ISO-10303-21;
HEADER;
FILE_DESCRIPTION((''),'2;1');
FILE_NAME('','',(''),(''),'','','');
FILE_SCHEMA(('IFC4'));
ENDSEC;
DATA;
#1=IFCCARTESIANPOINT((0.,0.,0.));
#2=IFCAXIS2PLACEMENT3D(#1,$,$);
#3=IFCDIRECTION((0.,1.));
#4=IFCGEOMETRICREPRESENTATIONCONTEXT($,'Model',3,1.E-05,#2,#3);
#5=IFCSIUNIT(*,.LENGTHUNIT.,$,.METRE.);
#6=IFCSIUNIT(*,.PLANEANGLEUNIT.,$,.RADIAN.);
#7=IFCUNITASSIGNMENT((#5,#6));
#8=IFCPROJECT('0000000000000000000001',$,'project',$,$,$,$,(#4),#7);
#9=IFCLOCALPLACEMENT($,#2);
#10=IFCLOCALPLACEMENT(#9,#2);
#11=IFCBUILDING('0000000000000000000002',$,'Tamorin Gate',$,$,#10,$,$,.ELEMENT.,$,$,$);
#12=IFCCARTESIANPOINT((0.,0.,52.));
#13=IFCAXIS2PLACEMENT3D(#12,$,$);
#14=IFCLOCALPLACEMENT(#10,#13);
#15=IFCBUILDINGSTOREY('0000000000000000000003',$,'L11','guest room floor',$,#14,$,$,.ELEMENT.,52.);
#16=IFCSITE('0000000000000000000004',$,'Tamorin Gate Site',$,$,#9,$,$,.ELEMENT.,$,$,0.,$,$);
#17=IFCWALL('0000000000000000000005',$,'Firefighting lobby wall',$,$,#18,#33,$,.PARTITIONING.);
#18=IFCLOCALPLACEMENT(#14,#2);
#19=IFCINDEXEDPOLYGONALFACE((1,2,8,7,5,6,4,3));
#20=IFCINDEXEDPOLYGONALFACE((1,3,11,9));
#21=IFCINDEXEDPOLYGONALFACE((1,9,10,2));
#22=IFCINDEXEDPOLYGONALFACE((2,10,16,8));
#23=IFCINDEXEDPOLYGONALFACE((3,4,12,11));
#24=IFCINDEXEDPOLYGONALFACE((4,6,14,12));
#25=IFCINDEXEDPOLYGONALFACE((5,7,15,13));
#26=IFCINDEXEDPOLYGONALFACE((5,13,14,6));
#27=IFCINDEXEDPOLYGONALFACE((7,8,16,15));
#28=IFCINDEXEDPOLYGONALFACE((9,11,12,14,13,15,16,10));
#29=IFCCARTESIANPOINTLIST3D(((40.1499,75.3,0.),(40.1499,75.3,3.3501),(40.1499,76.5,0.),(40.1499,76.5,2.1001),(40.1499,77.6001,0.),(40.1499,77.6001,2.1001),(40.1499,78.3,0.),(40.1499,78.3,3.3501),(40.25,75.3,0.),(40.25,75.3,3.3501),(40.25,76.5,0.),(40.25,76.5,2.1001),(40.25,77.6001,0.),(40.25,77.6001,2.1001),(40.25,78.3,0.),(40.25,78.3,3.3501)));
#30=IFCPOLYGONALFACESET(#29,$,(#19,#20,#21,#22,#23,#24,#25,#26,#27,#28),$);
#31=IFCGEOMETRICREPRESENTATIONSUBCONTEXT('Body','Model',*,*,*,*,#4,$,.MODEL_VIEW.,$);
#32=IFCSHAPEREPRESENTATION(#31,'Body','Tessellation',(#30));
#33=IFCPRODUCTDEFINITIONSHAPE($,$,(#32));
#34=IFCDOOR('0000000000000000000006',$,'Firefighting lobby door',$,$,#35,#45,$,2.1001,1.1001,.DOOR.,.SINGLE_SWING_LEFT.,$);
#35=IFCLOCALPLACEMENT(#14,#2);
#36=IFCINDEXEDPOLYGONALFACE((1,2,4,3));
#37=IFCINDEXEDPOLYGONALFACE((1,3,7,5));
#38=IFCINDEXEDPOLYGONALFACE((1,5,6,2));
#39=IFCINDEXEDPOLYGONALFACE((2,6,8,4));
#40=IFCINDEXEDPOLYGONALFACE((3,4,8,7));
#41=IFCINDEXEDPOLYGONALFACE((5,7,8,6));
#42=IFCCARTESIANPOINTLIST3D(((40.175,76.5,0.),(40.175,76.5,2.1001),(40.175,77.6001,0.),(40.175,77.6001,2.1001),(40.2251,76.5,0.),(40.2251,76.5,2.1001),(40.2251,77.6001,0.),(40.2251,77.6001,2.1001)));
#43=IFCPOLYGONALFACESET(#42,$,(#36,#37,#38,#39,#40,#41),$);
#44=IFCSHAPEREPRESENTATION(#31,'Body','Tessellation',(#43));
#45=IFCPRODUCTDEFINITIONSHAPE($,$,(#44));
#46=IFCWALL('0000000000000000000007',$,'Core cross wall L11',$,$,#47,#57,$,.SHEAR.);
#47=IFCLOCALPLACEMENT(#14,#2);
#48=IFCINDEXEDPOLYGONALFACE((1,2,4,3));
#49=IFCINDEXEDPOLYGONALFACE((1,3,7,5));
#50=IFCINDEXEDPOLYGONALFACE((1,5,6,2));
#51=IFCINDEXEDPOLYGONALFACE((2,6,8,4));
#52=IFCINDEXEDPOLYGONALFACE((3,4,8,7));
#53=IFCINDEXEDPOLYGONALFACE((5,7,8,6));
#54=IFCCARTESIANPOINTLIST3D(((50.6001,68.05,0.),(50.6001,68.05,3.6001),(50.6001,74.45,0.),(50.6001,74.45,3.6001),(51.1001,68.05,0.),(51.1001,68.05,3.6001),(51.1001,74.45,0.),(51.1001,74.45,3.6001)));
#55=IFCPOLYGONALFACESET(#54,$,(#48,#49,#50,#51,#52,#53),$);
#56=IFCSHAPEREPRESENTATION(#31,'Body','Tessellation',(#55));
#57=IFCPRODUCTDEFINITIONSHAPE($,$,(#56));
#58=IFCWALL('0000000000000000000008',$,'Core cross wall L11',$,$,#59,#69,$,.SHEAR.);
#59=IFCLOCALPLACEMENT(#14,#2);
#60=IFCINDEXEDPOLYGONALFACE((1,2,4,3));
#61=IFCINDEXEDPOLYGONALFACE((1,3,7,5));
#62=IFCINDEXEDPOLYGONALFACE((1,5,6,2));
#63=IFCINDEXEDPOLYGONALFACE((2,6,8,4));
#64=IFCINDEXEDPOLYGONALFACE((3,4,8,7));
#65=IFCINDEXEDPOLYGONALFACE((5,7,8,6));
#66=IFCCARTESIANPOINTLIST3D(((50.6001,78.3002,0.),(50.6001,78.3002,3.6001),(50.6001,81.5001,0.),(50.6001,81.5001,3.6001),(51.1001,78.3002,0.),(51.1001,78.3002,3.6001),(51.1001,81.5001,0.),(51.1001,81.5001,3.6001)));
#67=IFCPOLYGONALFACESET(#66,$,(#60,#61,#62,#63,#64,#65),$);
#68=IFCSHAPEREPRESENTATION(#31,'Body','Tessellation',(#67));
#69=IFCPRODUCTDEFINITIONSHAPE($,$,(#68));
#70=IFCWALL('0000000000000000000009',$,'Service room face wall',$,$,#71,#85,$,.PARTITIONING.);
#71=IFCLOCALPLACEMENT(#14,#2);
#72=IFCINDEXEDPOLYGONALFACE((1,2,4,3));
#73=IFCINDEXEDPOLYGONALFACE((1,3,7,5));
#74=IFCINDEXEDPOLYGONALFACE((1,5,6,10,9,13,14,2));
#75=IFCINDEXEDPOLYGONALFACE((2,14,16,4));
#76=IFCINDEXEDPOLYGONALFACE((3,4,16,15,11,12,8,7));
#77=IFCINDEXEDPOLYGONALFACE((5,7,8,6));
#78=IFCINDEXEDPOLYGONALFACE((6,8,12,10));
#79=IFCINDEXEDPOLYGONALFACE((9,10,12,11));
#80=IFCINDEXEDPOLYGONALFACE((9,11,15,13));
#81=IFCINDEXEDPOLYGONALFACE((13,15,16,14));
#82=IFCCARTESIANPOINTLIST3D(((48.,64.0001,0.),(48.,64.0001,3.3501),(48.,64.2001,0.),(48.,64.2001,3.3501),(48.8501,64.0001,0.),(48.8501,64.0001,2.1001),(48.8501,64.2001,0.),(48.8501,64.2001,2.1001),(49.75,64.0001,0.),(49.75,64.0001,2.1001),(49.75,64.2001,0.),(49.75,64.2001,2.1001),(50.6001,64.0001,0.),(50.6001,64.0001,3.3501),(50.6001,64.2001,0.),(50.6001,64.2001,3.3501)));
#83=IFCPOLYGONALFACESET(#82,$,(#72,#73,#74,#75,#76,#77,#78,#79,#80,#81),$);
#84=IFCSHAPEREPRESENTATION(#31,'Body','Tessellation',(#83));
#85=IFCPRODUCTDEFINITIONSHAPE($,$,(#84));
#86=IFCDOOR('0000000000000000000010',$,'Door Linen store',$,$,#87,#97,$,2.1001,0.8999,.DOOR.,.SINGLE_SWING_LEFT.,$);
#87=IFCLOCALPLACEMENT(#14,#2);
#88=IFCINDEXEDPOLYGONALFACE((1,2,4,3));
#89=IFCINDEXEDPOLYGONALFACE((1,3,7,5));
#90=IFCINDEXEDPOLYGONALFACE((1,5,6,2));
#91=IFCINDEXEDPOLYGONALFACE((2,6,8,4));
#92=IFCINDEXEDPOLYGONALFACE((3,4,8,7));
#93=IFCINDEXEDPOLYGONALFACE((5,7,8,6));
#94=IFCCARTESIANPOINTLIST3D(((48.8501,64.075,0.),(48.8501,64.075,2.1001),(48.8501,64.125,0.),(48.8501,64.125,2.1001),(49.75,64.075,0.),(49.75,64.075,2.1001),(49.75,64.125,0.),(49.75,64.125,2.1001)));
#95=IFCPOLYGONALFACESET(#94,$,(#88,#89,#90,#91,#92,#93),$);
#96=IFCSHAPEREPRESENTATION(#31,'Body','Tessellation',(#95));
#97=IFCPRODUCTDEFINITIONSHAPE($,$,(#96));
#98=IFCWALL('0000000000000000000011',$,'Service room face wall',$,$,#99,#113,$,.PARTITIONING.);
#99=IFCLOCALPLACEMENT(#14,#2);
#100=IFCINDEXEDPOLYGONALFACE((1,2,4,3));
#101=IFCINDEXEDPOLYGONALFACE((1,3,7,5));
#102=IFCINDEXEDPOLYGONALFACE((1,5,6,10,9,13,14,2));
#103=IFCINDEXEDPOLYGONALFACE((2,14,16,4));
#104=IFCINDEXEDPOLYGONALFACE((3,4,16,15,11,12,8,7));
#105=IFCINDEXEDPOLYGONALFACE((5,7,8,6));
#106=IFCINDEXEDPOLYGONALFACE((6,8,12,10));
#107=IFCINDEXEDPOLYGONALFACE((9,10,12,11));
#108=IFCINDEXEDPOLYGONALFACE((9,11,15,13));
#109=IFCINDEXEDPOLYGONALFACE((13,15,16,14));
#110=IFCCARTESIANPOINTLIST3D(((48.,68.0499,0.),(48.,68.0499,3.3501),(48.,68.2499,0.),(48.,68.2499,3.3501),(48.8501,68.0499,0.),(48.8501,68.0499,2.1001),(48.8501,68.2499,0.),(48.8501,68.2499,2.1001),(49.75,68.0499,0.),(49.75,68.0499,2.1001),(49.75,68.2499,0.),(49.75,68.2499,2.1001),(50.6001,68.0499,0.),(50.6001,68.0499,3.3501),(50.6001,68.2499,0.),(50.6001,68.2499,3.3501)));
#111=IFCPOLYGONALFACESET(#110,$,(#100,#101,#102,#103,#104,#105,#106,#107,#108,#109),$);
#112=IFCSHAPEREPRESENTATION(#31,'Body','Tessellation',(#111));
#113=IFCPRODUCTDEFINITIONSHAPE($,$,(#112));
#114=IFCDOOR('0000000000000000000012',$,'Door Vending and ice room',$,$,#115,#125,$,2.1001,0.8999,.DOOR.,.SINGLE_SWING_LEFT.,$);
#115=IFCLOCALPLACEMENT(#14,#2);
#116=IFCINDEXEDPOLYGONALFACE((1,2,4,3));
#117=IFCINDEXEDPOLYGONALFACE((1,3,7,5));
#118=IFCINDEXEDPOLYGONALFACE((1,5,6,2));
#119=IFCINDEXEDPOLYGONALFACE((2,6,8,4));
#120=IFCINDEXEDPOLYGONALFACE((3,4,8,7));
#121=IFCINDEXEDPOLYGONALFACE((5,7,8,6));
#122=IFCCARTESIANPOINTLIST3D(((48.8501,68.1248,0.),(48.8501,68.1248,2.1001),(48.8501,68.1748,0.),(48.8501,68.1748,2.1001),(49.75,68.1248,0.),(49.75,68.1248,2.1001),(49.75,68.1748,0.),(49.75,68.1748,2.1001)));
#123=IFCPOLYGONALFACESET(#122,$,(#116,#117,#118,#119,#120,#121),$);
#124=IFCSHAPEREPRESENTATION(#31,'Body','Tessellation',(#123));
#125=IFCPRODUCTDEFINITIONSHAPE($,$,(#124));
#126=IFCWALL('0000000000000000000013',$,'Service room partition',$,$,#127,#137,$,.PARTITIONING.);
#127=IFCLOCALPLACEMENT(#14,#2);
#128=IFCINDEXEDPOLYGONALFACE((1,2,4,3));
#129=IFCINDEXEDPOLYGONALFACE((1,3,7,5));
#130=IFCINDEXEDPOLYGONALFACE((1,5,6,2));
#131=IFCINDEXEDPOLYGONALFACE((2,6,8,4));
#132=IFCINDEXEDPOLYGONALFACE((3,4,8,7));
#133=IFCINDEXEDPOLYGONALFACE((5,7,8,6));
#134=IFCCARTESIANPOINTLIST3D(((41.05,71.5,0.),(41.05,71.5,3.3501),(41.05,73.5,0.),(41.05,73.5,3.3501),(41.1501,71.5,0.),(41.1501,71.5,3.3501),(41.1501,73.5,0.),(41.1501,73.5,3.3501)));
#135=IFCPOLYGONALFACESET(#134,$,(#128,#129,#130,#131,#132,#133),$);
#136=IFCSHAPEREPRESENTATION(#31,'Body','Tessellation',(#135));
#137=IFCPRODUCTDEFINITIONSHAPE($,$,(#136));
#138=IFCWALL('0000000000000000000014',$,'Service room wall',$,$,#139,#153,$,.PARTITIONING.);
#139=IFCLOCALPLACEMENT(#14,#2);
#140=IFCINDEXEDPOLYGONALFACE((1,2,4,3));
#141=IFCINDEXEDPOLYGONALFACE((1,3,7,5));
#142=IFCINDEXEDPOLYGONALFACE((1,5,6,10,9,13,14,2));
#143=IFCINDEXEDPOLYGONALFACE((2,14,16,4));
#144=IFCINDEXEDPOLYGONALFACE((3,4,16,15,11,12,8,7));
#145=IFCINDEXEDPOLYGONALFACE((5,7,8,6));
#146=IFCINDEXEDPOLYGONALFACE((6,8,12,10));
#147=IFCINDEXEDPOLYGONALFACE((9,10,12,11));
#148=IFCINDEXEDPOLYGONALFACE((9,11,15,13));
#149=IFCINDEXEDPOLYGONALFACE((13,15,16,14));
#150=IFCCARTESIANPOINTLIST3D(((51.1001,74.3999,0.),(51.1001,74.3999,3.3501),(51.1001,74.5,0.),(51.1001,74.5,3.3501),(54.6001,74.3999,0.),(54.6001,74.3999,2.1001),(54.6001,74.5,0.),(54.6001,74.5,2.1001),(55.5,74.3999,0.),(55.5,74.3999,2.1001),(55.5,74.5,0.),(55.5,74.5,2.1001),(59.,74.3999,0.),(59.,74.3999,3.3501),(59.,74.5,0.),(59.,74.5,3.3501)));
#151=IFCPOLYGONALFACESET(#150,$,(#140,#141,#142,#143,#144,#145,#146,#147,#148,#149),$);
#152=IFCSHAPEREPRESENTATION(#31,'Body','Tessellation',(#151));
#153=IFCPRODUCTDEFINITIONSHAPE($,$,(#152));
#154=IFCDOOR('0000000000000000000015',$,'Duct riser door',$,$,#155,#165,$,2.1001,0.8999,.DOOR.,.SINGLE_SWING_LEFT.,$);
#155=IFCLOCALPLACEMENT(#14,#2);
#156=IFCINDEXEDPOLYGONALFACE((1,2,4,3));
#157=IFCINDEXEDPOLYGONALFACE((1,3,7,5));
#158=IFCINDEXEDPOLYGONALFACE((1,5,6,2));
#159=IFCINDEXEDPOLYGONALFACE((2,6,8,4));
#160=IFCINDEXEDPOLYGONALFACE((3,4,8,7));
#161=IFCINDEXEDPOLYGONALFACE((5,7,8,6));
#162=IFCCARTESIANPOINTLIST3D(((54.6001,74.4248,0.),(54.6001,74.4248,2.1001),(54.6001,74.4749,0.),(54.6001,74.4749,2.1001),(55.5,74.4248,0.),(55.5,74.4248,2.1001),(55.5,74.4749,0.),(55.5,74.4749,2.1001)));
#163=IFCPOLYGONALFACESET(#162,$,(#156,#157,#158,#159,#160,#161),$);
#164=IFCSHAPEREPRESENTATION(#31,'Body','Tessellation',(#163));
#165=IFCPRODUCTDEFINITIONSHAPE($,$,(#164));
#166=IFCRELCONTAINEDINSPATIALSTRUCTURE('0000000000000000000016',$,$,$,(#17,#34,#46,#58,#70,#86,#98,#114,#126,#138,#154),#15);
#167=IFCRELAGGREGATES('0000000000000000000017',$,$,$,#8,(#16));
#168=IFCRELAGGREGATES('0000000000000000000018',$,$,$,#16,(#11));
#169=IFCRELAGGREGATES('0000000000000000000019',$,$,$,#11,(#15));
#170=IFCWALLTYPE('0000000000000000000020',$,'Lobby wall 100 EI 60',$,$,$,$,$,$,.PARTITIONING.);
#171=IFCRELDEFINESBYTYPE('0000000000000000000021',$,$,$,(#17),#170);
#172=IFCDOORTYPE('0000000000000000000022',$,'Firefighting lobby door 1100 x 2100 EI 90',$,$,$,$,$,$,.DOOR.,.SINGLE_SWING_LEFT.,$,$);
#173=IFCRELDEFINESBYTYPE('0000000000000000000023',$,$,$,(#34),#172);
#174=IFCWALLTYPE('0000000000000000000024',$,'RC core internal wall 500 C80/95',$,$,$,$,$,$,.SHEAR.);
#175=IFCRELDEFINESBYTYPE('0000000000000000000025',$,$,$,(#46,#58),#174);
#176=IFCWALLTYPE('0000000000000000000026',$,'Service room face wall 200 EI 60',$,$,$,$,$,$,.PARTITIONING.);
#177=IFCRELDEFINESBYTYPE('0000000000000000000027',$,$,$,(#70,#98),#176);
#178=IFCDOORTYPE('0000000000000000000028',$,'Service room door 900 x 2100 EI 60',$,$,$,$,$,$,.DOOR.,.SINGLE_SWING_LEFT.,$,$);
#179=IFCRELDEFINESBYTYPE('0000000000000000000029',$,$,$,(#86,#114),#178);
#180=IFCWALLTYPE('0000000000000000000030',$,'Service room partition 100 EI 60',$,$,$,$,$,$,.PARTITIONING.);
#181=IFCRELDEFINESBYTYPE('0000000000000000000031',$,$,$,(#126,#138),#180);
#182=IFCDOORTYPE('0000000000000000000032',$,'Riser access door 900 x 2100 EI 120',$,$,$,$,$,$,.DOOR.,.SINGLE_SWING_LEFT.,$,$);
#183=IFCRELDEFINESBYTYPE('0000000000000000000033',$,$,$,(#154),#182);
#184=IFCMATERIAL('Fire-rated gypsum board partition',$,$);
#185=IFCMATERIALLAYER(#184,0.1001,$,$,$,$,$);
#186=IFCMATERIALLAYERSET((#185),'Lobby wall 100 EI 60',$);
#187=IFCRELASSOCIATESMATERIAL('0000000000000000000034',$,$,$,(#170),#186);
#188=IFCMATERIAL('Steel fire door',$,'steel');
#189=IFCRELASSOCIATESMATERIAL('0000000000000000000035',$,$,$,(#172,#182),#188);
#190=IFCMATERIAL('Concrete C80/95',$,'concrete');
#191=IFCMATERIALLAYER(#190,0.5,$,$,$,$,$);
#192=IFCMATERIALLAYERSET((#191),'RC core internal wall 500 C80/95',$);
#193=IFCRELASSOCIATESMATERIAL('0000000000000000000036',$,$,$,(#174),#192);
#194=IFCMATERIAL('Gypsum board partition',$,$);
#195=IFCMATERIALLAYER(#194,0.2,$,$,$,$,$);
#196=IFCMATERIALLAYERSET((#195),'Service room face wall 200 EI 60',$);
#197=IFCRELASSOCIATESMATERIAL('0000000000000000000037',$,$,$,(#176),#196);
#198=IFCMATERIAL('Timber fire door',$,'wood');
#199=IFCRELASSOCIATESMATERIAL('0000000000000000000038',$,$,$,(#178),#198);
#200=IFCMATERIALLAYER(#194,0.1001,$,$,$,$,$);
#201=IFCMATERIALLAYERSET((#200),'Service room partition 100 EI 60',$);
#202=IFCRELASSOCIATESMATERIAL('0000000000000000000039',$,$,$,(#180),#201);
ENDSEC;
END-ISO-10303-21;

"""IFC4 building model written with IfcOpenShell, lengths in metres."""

from ifc_helpers import new_model, si_unit, direction, frame, frame_2d, origin, place, context, subcontext, project, spatial, rectangle, extrude, material, layer, layer_set, type_object, element, fill, save


model = new_model("IFC4")

# Units and contexts
model_context = context("Model", 3, precision=1e-05, world=origin(), true_north=direction((0.0, 1.0)))
body_context = subcontext(model_context, "Body", "Model", "MODEL_VIEW")
ifc_project = project(units=[si_unit("LENGTHUNIT", "METRE"), si_unit("PLANEANGLEUNIT", "RADIAN")], contexts=[model_context])

# Site, building, storey
site_placement = place(None, origin())
site = spatial("IfcSite", under=ifc_project, at=site_placement, Name="Tamorin Gate Site", CompositionType="ELEMENT", RefElevation=0.0)
building_placement = place(site_placement, origin())
building = spatial("IfcBuilding", under=site, at=building_placement, Name="Tamorin Gate", CompositionType="ELEMENT")
storey_placement = place(building_placement, frame((0.0, 0.0, 52.0)))
storey = spatial("IfcBuildingStorey", under=building, at=storey_placement, Name="L11", Description="guest room floor", CompositionType="ELEMENT", Elevation=52.0)

# Shared definitions
ifc_material_1 = material(Name="Concrete C80/95", Category="concrete")

# Shared definitions
ifc_material_2 = material(Name="Fire-rated gypsum board partition")
ifc_layer_1 = layer(ifc_material_2, 0.1001)
ifc_layer_set_1 = layer_set([ifc_layer_1], Name="Lobby wall 100 EI 60")
wall_type_1 = type_object("IfcWallType", Name="Lobby wall 100 EI 60", PredefinedType="PARTITIONING", material=ifc_layer_set_1)

# Wall, opening, door
wall_1_placement = place(storey_placement, frame((40.2, 75.3, 0.0), z_axis=(0.0, 0.0, 1.0), x_axis=(0.0, 1.0, 0.0)))
wall_1 = element("IfcWall", 1, at=wall_1_placement, inside=storey, type_object=wall_type_1, Name="Firefighting lobby wall", PredefinedType="PARTITIONING", context=body_context, shape_type="SweptSolid", body=[
    extrude(rectangle(XDim=3.0, YDim=0.1001, at=frame_2d((1.5, 0.0))), origin(), (0.0, 0.0, 1.0), 3.3501),
])
opening_1_placement = place(wall_1_placement, frame((1.2, 0.0, 0.0)))
opening_1 = element("IfcOpeningElement", 2, at=opening_1_placement, cuts=wall_1, PredefinedType="OPENING", context=body_context, shape_type="SweptSolid", body=[
    extrude(rectangle(XDim=1.1001, YDim=2.1001, at=frame_2d((0.55, 1.05))), frame((0.0, 0.0601, 0.0), z_axis=(0.0, -1.0, 0.0), x_axis=(1.0, 0.0, 0.0)), (0.0, 0.0, 1.0), 0.1201),
])
ifc_material_3 = material(Name="Steel fire door", Category="steel")
door_type_1 = type_object("IfcDoorType", Name="Firefighting lobby door 1100 x 2100 EI 90", OperationType="SINGLE_SWING_LEFT", PredefinedType="DOOR", material=ifc_material_3)
door_1_placement = place(opening_1_placement, origin())
door_1 = element("IfcDoor", 3, at=door_1_placement, inside=storey, type_object=door_type_1, Name="Firefighting lobby door", OperationType="SINGLE_SWING_LEFT", OverallHeight=2.1001, OverallWidth=1.1001, PredefinedType="DOOR", context=body_context, shape_type="SweptSolid", body=[
    extrude(rectangle(XDim=1.1001, YDim=2.1001, at=frame_2d((0.55, 1.05))), frame((0.0, 0.0249, 0.0), z_axis=(0.0, -1.0, 0.0), x_axis=(1.0, 0.0, 0.0)), (0.0, 0.0, 1.0), 0.05),
])
fill(opening_1, door_1)

# Walls
ifc_layer_2 = layer(ifc_material_1, 0.5)
ifc_layer_set_2 = layer_set([ifc_layer_2], Name="RC core internal wall 500 C80/95")
wall_type_2 = type_object("IfcWallType", Name="RC core internal wall 500 C80/95", PredefinedType="SHEAR", material=ifc_layer_set_2)
wall_2_placement = place(storey_placement, frame((50.8501, 68.05, 0.0), z_axis=(0.0, 0.0, 1.0), x_axis=(0.0, 1.0, 0.0)))
element("IfcWall", 4, at=wall_2_placement, inside=storey, type_object=wall_type_2, Name="Core cross wall L11", PredefinedType="SHEAR", context=body_context, shape_type="SweptSolid", body=[
    extrude(rectangle(XDim=6.3999, YDim=0.5, at=frame_2d((3.2, 0.0))), origin(), (0.0, 0.0, 1.0), 3.6001),
])
wall_3_placement = place(storey_placement, frame((50.8501, 78.3, 0.0), z_axis=(0.0, 0.0, 1.0), x_axis=(0.0, 1.0, 0.0)))
element("IfcWall", 5, at=wall_3_placement, inside=storey, type_object=wall_type_2, Name="Core cross wall L11", PredefinedType="SHEAR", context=body_context, shape_type="SweptSolid", body=[
    extrude(rectangle(XDim=3.2, YDim=0.5, at=frame_2d((1.6001, 0.0))), origin(), (0.0, 0.0, 1.0), 3.6001),
])

# Walls, openings, doors
ifc_material_4 = material(Name="Gypsum board partition")
ifc_layer_3 = layer(ifc_material_4, 0.2)
ifc_layer_set_3 = layer_set([ifc_layer_3], Name="Service room face wall 200 EI 60")
wall_type_3 = type_object("IfcWallType", Name="Service room face wall 200 EI 60", PredefinedType="PARTITIONING", material=ifc_layer_set_3)
wall_4_placement = place(storey_placement, frame((48.0, 64.1001, 0.0), z_axis=(0.0, 0.0, 1.0), x_axis=(1.0, 0.0, 0.0)))
wall_4 = element("IfcWall", 6, at=wall_4_placement, inside=storey, type_object=wall_type_3, Name="Service room face wall", PredefinedType="PARTITIONING", context=body_context, shape_type="SweptSolid", body=[
    extrude(rectangle(XDim=2.6001, YDim=0.2, at=frame_2d((1.3, 0.0))), origin(), (0.0, 0.0, 1.0), 3.3501),
])
opening_2_placement = place(wall_4_placement, frame((0.8501, 0.0, 0.0)))
opening_2 = element("IfcOpeningElement", 7, at=opening_2_placement, cuts=wall_4, PredefinedType="OPENING", context=body_context, shape_type="SweptSolid", body=[
    extrude(rectangle(XDim=0.8999, YDim=2.1001, at=frame_2d((0.45, 1.05))), frame((0.0, 0.1099, 0.0), z_axis=(0.0, -1.0, 0.0), x_axis=(1.0, 0.0, 0.0)), (0.0, 0.0, 1.0), 0.22),
])
ifc_material_5 = material(Name="Timber fire door", Category="wood")
door_type_2 = type_object("IfcDoorType", Name="Service room door 900 x 2100 EI 60", OperationType="SINGLE_SWING_LEFT", PredefinedType="DOOR", material=ifc_material_5)
door_2_placement = place(opening_2_placement, origin())
door_2 = element("IfcDoor", 8, at=door_2_placement, inside=storey, type_object=door_type_2, Name="Door Linen store", OperationType="SINGLE_SWING_LEFT", OverallHeight=2.1001, OverallWidth=0.8999, PredefinedType="DOOR", context=body_context, shape_type="SweptSolid", body=[
    extrude(rectangle(XDim=0.8999, YDim=2.1001, at=frame_2d((0.45, 1.05))), frame((0.0, 0.0249, 0.0), z_axis=(0.0, -1.0, 0.0), x_axis=(1.0, 0.0, 0.0)), (0.0, 0.0, 1.0), 0.05),
])
fill(opening_2, door_2)
wall_5_placement = place(storey_placement, frame((48.0, 68.1499, 0.0), z_axis=(0.0, 0.0, 1.0), x_axis=(1.0, 0.0, 0.0)))
wall_5 = element("IfcWall", 9, at=wall_5_placement, inside=storey, type_object=wall_type_3, Name="Service room face wall", PredefinedType="PARTITIONING", context=body_context, shape_type="SweptSolid", body=[
    extrude(rectangle(XDim=2.6001, YDim=0.2, at=frame_2d((1.3, 0.0))), origin(), (0.0, 0.0, 1.0), 3.3501),
])
opening_3_placement = place(wall_5_placement, frame((0.8501, 0.0, 0.0)))
opening_3 = element("IfcOpeningElement", 10, at=opening_3_placement, cuts=wall_5, PredefinedType="OPENING", context=body_context, shape_type="SweptSolid", body=[
    extrude(rectangle(XDim=0.8999, YDim=2.1001, at=frame_2d((0.45, 1.05))), frame((0.0, 0.1099, 0.0), z_axis=(0.0, -1.0, 0.0), x_axis=(1.0, 0.0, 0.0)), (0.0, 0.0, 1.0), 0.22),
])
door_3_placement = place(opening_3_placement, origin())
door_3 = element("IfcDoor", 11, at=door_3_placement, inside=storey, type_object=door_type_2, Name="Door Vending and ice room", OperationType="SINGLE_SWING_LEFT", OverallHeight=2.1001, OverallWidth=0.8999, PredefinedType="DOOR", context=body_context, shape_type="SweptSolid", body=[
    extrude(rectangle(XDim=0.8999, YDim=2.1001, at=frame_2d((0.45, 1.05))), frame((0.0, 0.0249, 0.0), z_axis=(0.0, -1.0, 0.0), x_axis=(1.0, 0.0, 0.0)), (0.0, 0.0, 1.0), 0.05),
])
fill(opening_3, door_3)

# Wall
ifc_layer_4 = layer(ifc_material_4, 0.1001)
ifc_layer_set_4 = layer_set([ifc_layer_4], Name="Service room partition 100 EI 60")
wall_type_4 = type_object("IfcWallType", Name="Service room partition 100 EI 60", PredefinedType="PARTITIONING", material=ifc_layer_set_4)
wall_6_placement = place(storey_placement, frame((41.1001, 71.5, 0.0), z_axis=(0.0, 0.0, 1.0), x_axis=(0.0, 1.0, 0.0)))
element("IfcWall", 12, at=wall_6_placement, inside=storey, type_object=wall_type_4, Name="Service room partition", PredefinedType="PARTITIONING", context=body_context, shape_type="SweptSolid", body=[
    extrude(rectangle(XDim=2.0, YDim=0.1001, at=frame_2d((1.0, 0.0))), origin(), (0.0, 0.0, 1.0), 3.3501),
])

# Wall, opening, door
wall_7_placement = place(storey_placement, frame((51.1001, 74.45, 0.0), z_axis=(0.0, 0.0, 1.0), x_axis=(1.0, 0.0, 0.0)))
wall_7 = element("IfcWall", 13, at=wall_7_placement, inside=storey, type_object=wall_type_4, Name="Service room wall", PredefinedType="PARTITIONING", context=body_context, shape_type="SweptSolid", body=[
    extrude(rectangle(XDim=7.8999, YDim=0.1001, at=frame_2d((3.95, 0.0))), origin(), (0.0, 0.0, 1.0), 3.3501),
])
opening_4_placement = place(wall_7_placement, frame((3.5, 0.0, 0.0)))
opening_4 = element("IfcOpeningElement", 14, at=opening_4_placement, cuts=wall_7, PredefinedType="OPENING", context=body_context, shape_type="SweptSolid", body=[
    extrude(rectangle(XDim=0.8999, YDim=2.1001, at=frame_2d((0.45, 1.05))), frame((0.0, 0.0601, 0.0), z_axis=(0.0, -1.0, 0.0), x_axis=(1.0, 0.0, 0.0)), (0.0, 0.0, 1.0), 0.1201),
])
door_type_3 = type_object("IfcDoorType", Name="Riser access door 900 x 2100 EI 120", OperationType="SINGLE_SWING_LEFT", PredefinedType="DOOR", material=ifc_material_3)
door_4_placement = place(opening_4_placement, origin())
door_4 = element("IfcDoor", 15, at=door_4_placement, inside=storey, type_object=door_type_3, Name="Duct riser door", OperationType="SINGLE_SWING_LEFT", OverallHeight=2.1001, OverallWidth=0.8999, PredefinedType="DOOR", context=body_context, shape_type="SweptSolid", body=[
    extrude(rectangle(XDim=0.8999, YDim=2.1001, at=frame_2d((0.45, 1.05))), frame((0.0, 0.0249, 0.0), z_axis=(0.0, -1.0, 0.0), x_axis=(1.0, 0.0, 0.0)), (0.0, 0.0, 1.0), 0.05),
])
fill(opening_4, door_4)

save(model, "model.ifc")
